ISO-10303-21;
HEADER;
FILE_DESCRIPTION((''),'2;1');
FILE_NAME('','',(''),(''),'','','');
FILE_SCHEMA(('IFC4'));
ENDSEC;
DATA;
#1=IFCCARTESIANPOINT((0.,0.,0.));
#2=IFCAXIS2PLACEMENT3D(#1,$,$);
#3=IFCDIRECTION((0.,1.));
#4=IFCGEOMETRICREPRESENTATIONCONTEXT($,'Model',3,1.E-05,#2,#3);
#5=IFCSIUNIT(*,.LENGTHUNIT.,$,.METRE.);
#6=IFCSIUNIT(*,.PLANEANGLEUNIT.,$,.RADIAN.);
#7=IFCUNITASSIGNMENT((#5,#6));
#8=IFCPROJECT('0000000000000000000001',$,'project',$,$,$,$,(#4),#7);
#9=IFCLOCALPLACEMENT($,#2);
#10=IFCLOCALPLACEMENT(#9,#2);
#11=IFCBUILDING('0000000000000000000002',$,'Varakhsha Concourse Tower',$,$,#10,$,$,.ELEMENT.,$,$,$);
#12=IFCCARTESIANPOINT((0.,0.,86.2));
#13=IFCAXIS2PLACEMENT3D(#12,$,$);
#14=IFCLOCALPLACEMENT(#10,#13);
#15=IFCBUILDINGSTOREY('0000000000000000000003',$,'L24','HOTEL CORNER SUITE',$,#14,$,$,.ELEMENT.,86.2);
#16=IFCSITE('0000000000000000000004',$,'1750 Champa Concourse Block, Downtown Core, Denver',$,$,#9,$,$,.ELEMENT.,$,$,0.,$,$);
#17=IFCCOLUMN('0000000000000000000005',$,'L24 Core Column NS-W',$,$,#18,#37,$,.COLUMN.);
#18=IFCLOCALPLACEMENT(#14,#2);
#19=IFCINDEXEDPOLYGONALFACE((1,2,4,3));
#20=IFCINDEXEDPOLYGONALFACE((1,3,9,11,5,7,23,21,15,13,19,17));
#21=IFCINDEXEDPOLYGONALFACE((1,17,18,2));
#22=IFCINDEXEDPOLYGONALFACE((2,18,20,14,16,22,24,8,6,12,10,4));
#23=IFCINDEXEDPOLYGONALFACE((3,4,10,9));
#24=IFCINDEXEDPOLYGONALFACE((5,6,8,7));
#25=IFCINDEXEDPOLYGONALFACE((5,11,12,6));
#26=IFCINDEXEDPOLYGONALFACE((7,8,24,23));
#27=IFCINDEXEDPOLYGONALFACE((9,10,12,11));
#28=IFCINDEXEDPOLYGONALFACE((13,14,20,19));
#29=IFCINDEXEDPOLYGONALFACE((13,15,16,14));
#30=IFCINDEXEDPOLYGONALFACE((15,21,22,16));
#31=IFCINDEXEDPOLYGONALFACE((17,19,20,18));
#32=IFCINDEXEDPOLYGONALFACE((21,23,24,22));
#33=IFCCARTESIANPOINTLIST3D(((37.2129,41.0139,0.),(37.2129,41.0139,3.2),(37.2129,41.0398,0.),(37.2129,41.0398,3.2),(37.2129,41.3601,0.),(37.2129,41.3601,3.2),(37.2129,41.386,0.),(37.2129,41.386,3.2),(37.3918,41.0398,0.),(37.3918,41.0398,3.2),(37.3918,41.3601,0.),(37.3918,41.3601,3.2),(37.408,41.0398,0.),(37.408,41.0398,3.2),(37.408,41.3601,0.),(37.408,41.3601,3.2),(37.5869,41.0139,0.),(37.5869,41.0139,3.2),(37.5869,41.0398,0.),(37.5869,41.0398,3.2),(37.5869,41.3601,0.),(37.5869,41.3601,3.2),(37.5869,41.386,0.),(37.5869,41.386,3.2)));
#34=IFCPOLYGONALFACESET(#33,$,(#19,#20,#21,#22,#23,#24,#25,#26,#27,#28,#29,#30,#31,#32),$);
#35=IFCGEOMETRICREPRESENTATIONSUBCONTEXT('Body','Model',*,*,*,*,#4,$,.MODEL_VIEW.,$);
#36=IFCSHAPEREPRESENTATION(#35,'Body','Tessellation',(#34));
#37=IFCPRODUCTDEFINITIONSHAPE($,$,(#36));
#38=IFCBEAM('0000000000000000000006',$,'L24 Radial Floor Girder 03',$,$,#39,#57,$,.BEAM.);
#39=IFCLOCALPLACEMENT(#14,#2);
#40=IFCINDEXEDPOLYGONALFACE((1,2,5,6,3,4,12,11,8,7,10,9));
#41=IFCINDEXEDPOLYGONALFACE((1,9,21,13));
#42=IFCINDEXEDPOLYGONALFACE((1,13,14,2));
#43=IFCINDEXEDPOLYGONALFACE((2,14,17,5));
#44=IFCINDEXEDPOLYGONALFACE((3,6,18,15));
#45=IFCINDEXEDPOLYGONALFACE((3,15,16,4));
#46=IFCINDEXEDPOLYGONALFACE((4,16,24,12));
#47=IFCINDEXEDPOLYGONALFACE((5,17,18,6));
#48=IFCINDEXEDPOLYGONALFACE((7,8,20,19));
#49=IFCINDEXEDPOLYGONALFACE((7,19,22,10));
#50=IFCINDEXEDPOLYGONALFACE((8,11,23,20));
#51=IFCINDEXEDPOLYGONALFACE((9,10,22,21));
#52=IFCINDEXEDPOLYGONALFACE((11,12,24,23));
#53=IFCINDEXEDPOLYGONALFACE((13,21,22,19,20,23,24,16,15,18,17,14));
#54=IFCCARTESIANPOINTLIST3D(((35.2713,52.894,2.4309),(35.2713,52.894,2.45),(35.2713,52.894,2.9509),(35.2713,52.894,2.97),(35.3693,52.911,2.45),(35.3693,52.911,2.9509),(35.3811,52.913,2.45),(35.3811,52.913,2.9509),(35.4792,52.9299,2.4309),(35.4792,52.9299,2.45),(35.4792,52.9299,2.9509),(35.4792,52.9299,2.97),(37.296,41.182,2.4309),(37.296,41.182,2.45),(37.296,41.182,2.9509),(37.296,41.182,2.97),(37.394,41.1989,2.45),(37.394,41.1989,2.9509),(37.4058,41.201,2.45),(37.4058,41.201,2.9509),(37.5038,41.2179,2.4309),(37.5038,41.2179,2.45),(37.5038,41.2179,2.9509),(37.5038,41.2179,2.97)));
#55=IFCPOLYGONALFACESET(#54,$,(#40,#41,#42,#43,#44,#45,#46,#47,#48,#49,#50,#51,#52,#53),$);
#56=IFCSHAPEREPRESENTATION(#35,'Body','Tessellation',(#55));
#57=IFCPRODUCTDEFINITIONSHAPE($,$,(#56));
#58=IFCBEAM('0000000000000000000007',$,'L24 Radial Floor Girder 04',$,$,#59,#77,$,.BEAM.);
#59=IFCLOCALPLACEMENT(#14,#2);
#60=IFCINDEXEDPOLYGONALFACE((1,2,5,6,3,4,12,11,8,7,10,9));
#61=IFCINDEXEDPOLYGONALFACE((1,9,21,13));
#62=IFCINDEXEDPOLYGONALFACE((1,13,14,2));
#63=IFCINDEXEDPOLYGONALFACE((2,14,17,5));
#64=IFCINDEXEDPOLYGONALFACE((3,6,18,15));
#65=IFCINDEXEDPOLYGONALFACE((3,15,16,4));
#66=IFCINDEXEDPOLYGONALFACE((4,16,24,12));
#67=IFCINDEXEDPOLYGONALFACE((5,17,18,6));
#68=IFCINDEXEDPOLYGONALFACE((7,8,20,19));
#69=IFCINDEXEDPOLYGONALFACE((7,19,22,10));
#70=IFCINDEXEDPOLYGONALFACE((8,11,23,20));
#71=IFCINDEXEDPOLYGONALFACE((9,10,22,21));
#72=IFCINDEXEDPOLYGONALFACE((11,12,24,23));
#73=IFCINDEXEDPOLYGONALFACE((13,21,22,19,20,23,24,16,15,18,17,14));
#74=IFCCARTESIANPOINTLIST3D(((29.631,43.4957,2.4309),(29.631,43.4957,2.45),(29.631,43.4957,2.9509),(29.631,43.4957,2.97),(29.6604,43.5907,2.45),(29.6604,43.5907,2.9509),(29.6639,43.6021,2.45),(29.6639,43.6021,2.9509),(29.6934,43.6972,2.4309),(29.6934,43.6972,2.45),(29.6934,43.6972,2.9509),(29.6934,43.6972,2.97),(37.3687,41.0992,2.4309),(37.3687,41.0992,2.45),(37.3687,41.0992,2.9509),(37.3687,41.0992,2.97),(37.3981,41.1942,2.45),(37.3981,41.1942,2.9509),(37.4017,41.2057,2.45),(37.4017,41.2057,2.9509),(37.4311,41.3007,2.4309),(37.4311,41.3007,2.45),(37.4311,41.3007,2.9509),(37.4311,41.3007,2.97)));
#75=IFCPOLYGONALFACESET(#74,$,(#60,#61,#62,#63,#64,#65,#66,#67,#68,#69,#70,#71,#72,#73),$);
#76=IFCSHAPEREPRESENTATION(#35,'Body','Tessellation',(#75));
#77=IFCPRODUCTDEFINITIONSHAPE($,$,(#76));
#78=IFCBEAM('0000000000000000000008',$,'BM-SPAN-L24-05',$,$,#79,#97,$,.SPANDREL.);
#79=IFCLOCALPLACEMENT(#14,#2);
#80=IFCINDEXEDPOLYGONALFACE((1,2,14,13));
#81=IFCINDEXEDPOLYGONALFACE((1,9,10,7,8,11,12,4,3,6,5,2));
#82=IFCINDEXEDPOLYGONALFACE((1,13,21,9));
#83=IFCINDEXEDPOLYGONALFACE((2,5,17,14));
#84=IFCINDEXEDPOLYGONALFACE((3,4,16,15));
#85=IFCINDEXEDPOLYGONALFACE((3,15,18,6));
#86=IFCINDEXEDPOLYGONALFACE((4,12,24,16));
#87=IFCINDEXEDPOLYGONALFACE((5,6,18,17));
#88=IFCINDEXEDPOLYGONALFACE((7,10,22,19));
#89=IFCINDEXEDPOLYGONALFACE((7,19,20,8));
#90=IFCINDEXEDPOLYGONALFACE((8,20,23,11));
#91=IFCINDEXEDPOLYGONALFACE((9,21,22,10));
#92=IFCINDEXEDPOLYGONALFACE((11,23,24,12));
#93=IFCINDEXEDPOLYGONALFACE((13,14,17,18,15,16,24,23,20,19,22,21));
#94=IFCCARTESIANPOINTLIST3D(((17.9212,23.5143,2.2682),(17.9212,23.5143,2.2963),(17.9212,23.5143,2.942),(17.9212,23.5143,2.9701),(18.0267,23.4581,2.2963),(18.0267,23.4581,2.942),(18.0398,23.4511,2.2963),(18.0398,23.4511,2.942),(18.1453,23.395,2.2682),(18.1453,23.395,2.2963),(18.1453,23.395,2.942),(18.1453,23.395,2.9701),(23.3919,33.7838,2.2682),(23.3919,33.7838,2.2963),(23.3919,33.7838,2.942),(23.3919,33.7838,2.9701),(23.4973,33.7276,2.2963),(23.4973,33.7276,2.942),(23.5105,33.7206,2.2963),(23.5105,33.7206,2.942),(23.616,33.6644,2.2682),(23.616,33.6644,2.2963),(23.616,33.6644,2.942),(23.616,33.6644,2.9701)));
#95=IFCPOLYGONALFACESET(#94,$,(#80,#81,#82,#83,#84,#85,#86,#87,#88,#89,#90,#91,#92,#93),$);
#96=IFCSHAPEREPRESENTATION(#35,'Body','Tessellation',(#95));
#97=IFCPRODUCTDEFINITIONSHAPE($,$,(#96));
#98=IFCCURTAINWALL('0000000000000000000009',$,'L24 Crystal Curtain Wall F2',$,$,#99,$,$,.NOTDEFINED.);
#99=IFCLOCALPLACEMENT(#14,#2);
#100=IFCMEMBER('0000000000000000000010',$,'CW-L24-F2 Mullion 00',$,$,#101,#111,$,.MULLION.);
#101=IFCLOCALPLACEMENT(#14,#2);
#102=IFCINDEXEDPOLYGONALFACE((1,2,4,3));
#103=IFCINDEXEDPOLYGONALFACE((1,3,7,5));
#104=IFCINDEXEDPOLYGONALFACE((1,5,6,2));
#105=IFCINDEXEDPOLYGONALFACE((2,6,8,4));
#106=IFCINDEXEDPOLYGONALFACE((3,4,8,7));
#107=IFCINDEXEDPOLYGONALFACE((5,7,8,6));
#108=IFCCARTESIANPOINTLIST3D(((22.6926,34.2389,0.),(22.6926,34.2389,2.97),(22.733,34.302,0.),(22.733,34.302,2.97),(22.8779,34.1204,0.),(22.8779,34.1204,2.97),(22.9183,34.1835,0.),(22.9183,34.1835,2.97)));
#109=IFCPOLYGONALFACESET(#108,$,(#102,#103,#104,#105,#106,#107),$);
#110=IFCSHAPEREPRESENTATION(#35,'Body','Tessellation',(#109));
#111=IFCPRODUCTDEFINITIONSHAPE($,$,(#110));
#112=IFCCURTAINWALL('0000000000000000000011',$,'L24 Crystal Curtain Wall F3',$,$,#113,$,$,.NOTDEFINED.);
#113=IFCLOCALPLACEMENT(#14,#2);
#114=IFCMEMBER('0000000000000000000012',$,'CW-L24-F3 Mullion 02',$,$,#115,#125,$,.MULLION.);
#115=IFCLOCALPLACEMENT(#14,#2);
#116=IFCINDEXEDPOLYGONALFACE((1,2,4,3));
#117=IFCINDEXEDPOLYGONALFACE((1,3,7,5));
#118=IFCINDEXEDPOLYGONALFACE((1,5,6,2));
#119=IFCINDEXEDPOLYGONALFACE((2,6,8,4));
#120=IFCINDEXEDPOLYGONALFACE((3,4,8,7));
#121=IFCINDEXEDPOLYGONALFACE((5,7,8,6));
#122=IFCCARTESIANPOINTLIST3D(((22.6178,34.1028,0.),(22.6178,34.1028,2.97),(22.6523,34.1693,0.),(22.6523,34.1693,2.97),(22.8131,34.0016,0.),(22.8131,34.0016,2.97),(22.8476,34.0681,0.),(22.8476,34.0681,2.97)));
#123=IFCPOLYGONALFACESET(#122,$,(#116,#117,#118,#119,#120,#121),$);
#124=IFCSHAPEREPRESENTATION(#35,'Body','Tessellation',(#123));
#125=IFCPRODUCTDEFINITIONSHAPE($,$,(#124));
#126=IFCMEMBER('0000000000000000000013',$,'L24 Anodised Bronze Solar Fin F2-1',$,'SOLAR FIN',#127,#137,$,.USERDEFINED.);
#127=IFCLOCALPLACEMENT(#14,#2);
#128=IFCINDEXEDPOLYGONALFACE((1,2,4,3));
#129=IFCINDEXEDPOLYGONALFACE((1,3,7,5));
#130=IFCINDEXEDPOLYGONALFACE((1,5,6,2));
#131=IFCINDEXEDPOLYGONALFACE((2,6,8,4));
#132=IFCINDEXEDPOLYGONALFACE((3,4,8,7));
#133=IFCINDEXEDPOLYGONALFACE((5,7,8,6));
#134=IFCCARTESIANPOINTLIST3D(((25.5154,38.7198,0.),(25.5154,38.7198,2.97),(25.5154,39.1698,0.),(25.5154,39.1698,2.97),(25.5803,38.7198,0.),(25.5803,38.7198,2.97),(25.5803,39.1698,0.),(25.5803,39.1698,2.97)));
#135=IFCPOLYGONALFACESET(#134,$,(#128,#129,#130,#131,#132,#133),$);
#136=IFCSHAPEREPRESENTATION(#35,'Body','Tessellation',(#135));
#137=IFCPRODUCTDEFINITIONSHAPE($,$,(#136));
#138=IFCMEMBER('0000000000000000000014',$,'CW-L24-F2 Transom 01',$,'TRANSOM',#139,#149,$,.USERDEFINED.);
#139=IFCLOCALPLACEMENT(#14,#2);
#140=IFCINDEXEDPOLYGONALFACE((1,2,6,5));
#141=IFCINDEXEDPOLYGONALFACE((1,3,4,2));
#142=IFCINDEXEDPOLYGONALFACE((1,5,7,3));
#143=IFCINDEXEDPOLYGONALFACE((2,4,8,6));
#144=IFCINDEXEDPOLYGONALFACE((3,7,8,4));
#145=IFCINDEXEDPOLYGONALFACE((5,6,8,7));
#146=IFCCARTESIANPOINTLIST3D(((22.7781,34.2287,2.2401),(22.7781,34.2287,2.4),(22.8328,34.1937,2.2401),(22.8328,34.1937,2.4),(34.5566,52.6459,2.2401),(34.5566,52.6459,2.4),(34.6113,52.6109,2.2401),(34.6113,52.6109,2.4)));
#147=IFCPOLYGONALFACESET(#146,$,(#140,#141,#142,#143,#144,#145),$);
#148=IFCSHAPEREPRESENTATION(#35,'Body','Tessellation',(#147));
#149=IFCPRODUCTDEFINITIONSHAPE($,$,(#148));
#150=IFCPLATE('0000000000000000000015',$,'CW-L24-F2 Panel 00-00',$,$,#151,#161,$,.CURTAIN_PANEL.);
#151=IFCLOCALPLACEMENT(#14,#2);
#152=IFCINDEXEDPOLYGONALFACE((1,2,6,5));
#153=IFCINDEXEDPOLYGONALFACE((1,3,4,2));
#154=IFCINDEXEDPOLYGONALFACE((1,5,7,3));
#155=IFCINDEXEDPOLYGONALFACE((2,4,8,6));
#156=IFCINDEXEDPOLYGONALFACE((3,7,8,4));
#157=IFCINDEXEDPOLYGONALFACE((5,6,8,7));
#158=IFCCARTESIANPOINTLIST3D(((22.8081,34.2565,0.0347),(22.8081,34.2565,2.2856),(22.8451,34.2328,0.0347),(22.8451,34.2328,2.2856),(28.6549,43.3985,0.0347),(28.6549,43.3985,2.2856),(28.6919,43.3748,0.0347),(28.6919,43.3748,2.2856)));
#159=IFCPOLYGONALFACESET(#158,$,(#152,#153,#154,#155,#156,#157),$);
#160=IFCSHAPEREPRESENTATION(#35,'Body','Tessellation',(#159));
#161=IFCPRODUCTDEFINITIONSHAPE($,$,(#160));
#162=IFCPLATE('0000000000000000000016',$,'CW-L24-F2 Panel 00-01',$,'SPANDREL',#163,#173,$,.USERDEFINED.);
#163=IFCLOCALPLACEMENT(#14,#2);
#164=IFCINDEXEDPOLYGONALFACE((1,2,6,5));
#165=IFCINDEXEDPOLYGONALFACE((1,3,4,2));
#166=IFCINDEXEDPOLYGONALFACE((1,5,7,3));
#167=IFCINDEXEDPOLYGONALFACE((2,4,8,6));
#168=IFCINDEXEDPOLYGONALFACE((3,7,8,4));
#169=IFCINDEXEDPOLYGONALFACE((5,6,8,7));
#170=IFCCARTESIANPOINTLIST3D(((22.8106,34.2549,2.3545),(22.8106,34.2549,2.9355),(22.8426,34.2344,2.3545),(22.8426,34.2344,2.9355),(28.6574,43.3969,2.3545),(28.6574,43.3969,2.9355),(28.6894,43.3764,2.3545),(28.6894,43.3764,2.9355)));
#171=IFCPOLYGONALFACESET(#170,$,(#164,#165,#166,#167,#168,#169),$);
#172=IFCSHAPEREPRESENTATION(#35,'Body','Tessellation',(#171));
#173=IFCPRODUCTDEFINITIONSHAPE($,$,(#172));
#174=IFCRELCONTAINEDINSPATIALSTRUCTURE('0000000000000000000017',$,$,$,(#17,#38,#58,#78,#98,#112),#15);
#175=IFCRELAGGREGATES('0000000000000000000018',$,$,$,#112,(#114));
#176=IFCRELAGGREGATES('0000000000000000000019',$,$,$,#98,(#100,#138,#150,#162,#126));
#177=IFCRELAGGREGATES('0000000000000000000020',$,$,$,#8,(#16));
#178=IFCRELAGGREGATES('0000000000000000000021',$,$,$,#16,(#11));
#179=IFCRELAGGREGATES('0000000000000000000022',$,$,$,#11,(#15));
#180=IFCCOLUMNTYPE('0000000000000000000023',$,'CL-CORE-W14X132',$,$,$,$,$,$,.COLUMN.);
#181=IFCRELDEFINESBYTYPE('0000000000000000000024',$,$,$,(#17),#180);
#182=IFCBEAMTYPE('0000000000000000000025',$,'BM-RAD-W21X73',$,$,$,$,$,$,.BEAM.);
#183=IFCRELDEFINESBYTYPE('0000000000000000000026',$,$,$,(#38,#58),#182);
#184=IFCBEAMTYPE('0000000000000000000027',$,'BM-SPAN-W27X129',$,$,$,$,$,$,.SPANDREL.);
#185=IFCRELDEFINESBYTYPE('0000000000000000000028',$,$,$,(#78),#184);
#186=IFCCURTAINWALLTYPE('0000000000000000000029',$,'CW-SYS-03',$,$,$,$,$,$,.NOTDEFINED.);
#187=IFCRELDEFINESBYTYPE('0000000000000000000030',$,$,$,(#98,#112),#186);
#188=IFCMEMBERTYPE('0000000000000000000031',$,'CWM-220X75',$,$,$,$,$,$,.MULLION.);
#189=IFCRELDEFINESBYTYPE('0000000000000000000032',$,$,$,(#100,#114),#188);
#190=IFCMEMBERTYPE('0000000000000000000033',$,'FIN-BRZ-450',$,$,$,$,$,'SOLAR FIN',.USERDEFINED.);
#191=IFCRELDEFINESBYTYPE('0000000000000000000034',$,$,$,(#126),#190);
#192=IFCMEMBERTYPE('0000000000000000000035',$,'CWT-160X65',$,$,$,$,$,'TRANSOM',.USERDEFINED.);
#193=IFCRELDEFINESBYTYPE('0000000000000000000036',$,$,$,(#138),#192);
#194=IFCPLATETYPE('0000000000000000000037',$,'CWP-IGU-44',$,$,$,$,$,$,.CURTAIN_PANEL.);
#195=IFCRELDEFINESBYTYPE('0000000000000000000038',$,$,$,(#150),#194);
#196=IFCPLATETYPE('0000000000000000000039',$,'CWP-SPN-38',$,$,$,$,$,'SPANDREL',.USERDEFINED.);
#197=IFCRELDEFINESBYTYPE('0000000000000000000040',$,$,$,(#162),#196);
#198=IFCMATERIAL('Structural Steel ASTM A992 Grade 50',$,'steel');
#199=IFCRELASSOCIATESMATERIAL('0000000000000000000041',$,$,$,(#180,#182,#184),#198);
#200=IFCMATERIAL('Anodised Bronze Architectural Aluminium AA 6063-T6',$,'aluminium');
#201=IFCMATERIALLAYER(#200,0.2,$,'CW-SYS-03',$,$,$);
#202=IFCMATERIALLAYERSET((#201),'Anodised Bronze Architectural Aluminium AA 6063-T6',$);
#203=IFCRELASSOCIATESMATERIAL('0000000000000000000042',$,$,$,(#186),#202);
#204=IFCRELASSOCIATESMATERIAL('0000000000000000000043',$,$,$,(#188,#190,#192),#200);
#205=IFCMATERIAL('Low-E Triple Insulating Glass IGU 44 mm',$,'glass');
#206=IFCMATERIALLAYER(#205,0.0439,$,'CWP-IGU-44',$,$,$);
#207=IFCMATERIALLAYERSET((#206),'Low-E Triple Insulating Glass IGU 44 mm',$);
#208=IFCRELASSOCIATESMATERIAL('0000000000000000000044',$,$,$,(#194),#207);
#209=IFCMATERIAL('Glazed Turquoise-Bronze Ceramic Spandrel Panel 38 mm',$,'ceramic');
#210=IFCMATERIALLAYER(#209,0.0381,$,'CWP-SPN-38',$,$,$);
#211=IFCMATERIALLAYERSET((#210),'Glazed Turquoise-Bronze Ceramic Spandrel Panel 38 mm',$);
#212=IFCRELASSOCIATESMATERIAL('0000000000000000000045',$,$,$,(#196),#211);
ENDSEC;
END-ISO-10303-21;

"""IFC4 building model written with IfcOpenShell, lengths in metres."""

from ifc_helpers import new_model, si_unit, direction, frame, origin, origin_2d, place, context, subcontext, project, spatial, rectangle, i_section, extrude, source, transform, mapped, material, layer, layer_set, material_profile, profile_set, type_object, type_shapes, element, aggregate, save


model = new_model("IFC4")

# Units and contexts
model_context = context("Model", 3, precision=1e-05, world=origin(), true_north=direction((0.0, 1.0)))
body_context = subcontext(model_context, "Body", "Model", "MODEL_VIEW")
ifc_project = project(units=[si_unit("LENGTHUNIT", "METRE"), si_unit("PLANEANGLEUNIT", "RADIAN")], contexts=[model_context])

# Site, building, storey
site_placement = place(None, origin())
site = spatial("IfcSite", under=ifc_project, at=site_placement, Name="1750 Champa Concourse Block, Downtown Core, Denver", CompositionType="ELEMENT", RefElevation=0.0)
building_placement = place(site_placement, origin())
building = spatial("IfcBuilding", under=site, at=building_placement, Name="Varakhsha Concourse Tower", CompositionType="ELEMENT")
storey_placement = place(building_placement, frame((0.0, 0.0, 86.2)))
storey = spatial("IfcBuildingStorey", under=building, at=storey_placement, Name="L24", Description="HOTEL CORNER SUITE", CompositionType="ELEMENT", Elevation=86.2)

# Column
ifc_material_1 = material(Name="Structural Steel ASTM A992 Grade 50", Category="steel")
ifc_material_profile_1 = material_profile(ifc_material_1, i_section(OverallWidth=0.374, OverallDepth=0.3721, WebThickness=0.0161, FlangeThickness=0.0259, at=origin_2d()), Name="W14X132")
ifc_profile_set_1 = profile_set([ifc_material_profile_1], Name="Structural Steel ASTM A992 Grade 50")
column_type = type_object("IfcColumnType", Name="CL-CORE-W14X132", PredefinedType="COLUMN", material=ifc_profile_set_1)
column_placement = place(storey_placement, frame((37.3999, 41.2, 0.0), z_axis=(0.0, 0.0, 1.0), x_axis=(1.0, 0.0, 0.0)))
element("IfcColumn", 1, at=column_placement, inside=storey, type_object=column_type, Name="L24 Core Column NS-W", PredefinedType="COLUMN", context=body_context, shape_type="SweptSolid", body=[
    extrude(i_section(OverallWidth=0.374, OverallDepth=0.3721, WebThickness=0.0161, FlangeThickness=0.0259, at=origin_2d()), origin(), (0.0, 0.0, 1.0), 3.2),
])

# Beams
ifc_material_profile_2 = material_profile(ifc_material_1, i_section(OverallWidth=0.2109, OverallDepth=0.5391, WebThickness=0.012, FlangeThickness=0.019, at=origin_2d()), Name="W21X73")
ifc_profile_set_2 = profile_set([ifc_material_profile_2], Name="Structural Steel ASTM A992 Grade 50")
beam_type_1 = type_object("IfcBeamType", Name="BM-RAD-W21X73", PredefinedType="BEAM", material=ifc_profile_set_2)
beam_1_placement = place(storey_placement, frame((37.3999, 41.2, 2.7004), z_axis=(-0.170345, 0.985384, 0.0), x_axis=(-0.985384, -0.170345, 0.0)))
element("IfcBeam", 2, at=beam_1_placement, inside=storey, type_object=beam_type_1, Name="L24 Radial Floor Girder 03", PredefinedType="BEAM", context=body_context, shape_type="SweptSolid", body=[
    extrude(i_section(OverallWidth=0.2109, OverallDepth=0.5391, WebThickness=0.012, FlangeThickness=0.019, at=origin_2d()), origin(), (0.0, 0.0, 1.0), 11.8857),
])
beam_2_placement = place(storey_placement, frame((37.3999, 41.2, 2.7004), z_axis=(-0.955235, 0.295847, 0.0), x_axis=(-0.295847, -0.955235, 0.0)))
element("IfcBeam", 3, at=beam_2_placement, inside=storey, type_object=beam_type_1, Name="L24 Radial Floor Girder 04", PredefinedType="BEAM", context=body_context, shape_type="SweptSolid", body=[
    extrude(i_section(OverallWidth=0.2109, OverallDepth=0.5391, WebThickness=0.012, FlangeThickness=0.019, at=origin_2d()), origin(), (0.0, 0.0, 1.0), 8.1003),
])
ifc_material_profile_3 = material_profile(ifc_material_1, i_section(OverallWidth=0.2539, OverallDepth=0.7019, WebThickness=0.0149, FlangeThickness=0.0281, at=origin_2d()), Name="W27X129")
ifc_profile_set_3 = profile_set([ifc_material_profile_3], Name="Structural Steel ASTM A992 Grade 50")
beam_type_2 = type_object("IfcBeamType", Name="BM-SPAN-W27X129", PredefinedType="SPANDREL", material=ifc_profile_set_3)
beam_3_placement = place(storey_placement, frame((23.5039, 33.7241, 2.6191), z_axis=(-0.470161, -0.882581, 0.0), x_axis=(0.882581, -0.470161, 0.0)))
element("IfcBeam", 4, at=beam_3_placement, inside=storey, type_object=beam_type_2, Name="BM-SPAN-L24-05", PredefinedType="SPANDREL", context=body_context, shape_type="SweptSolid", body=[
    extrude(i_section(OverallWidth=0.2539, OverallDepth=0.7019, WebThickness=0.0149, FlangeThickness=0.0281, at=origin_2d()), origin(), (0.0, 0.0, 1.0), 11.6357),
])

# Curtain walls, members
ifc_material_2 = material(Name="Anodised Bronze Architectural Aluminium AA 6063-T6", Category="aluminium")
ifc_layer_1 = layer(ifc_material_2, 0.2, Name="CW-SYS-03")
ifc_layer_set_1 = layer_set([ifc_layer_1], Name="Anodised Bronze Architectural Aluminium AA 6063-T6")
curtain_wall_type = type_object("IfcCurtainWallType", Name="CW-SYS-03", PredefinedType="NOTDEFINED", material=ifc_layer_set_1)
curtain_wall_1_placement = place(storey_placement, origin())
curtain_wall_1 = element("IfcCurtainWall", 5, at=curtain_wall_1_placement, inside=storey, type_object=curtain_wall_type, Name="L24 Crystal Curtain Wall F2", PredefinedType="NOTDEFINED")
ifc_material_profile_4 = material_profile(ifc_material_2, rectangle(XDim=0.075, YDim=0.22, at=origin_2d()), Name="CWM-220X75")
ifc_profile_set_4 = profile_set([ifc_material_profile_4], Name="Anodised Bronze Architectural Aluminium AA 6063-T6")
member_type_1 = type_object("IfcMemberType", Name="CWM-220X75", PredefinedType="MULLION", material=ifc_profile_set_4)
shared_shape_1 = source(origin(), body_context, "Body", "SweptSolid", [
    extrude(rectangle(XDim=0.075, YDim=0.22, at=origin_2d()), origin(), (0.0, 0.0, 1.0), 2.97),
])
type_shapes(member_type_1, [shared_shape_1])
member_1_placement = place(storey_placement, frame((22.8054, 34.2112, 0.0), z_axis=(0.0, 0.0, 1.0), x_axis=(0.538787, 0.842442, 0.0)))
member_1 = element("IfcMember", 6, at=member_1_placement, type_object=member_type_1, Name="CW-L24-F2 Mullion 00", PredefinedType="MULLION", context=body_context, shape_type="MappedRepresentation", body=[
    mapped(shared_shape_1, transform((0.0, 0.0, 0.0), scale=1.0)),
])
curtain_wall_2_placement = place(storey_placement, origin())
curtain_wall_2 = element("IfcCurtainWall", 7, at=curtain_wall_2_placement, inside=storey, type_object=curtain_wall_type, Name="L24 Crystal Curtain Wall F3", PredefinedType="NOTDEFINED")
member_2_placement = place(storey_placement, frame((22.7327, 34.0854, 0.0), z_axis=(0.0, 0.0, 1.0), x_axis=(0.460186, 0.887823, 0.0)))
member_2 = element("IfcMember", 8, at=member_2_placement, type_object=member_type_1, Name="CW-L24-F3 Mullion 02", PredefinedType="MULLION", context=body_context, shape_type="MappedRepresentation", body=[
    mapped(shared_shape_1, transform((0.0, 0.0, 0.0), scale=1.0)),
])
aggregate(curtain_wall_2, [member_2])

# Members
ifc_material_profile_5 = material_profile(ifc_material_2, rectangle(XDim=0.0649, YDim=0.45, at=origin_2d()), Name="FIN-BRZ-450")
ifc_profile_set_5 = profile_set([ifc_material_profile_5], Name="Anodised Bronze Architectural Aluminium AA 6063-T6")
member_type_2 = type_object("IfcMemberType", Name="FIN-BRZ-450", ElementType="SOLAR FIN", PredefinedType="USERDEFINED", material=ifc_profile_set_5)
shared_shape_2 = source(origin(), body_context, "Body", "SweptSolid", [
    extrude(rectangle(XDim=0.0649, YDim=0.45, at=origin_2d()), origin(), (0.0, 0.0, 1.0), 2.97),
])
type_shapes(member_type_2, [shared_shape_2])
member_3_placement = place(storey_placement, frame((25.5479, 38.9448, 0.0), z_axis=(0.0, 0.0, 1.0), x_axis=(1.0, 0.0, 0.0)))
member_3 = element("IfcMember", 9, at=member_3_placement, type_object=member_type_2, Name="L24 Anodised Bronze Solar Fin F2-1", ObjectType="SOLAR FIN", PredefinedType="USERDEFINED", context=body_context, shape_type="MappedRepresentation", body=[
    mapped(shared_shape_2, transform((0.0, 0.0, 0.0), scale=1.0)),
])
ifc_material_profile_6 = material_profile(ifc_material_2, rectangle(XDim=0.0649, YDim=0.1599, at=origin_2d()), Name="CWT-160X65")
ifc_profile_set_6 = profile_set([ifc_material_profile_6], Name="Anodised Bronze Architectural Aluminium AA 6063-T6")
member_type_3 = type_object("IfcMemberType", Name="CWT-160X65", ElementType="TRANSOM", PredefinedType="USERDEFINED", material=ifc_profile_set_6)
shared_shape_3 = source(origin(), body_context, "Body", "SweptSolid", [
    extrude(rectangle(XDim=0.0649, YDim=0.1599, at=origin_2d()), origin(), (0.0, 0.0, 1.0), 21.8616),
])
type_shapes(member_type_3, [shared_shape_3])
member_4_placement = place(storey_placement, frame((22.8054, 34.2112, 2.3201), z_axis=(0.538779, 0.842447, 0.0), x_axis=(-0.842447, 0.538779, 0.0)))
member_4 = element("IfcMember", 10, at=member_4_placement, type_object=member_type_3, Name="CW-L24-F2 Transom 01", ObjectType="TRANSOM", PredefinedType="USERDEFINED", context=body_context, shape_type="MappedRepresentation", body=[
    mapped(shared_shape_3, transform((0.0, 0.0, 0.0), scale=1.0)),
])

# Plates
ifc_material_3 = material(Name="Low-E Triple Insulating Glass IGU 44 mm", Category="glass")
ifc_layer_2 = layer(ifc_material_3, 0.0439, Name="CWP-IGU-44")
ifc_layer_set_2 = layer_set([ifc_layer_2], Name="Low-E Triple Insulating Glass IGU 44 mm")
plate_type_1 = type_object("IfcPlateType", Name="CWP-IGU-44", PredefinedType="CURTAIN_PANEL", material=ifc_layer_set_2)
shared_shape_4 = source(origin(), body_context, "Body", "SweptSolid", [
    extrude(rectangle(XDim=10.8518, YDim=0.0439, at=origin_2d()), origin(), (0.0, 0.0, 1.0), 2.251),
])
type_shapes(plate_type_1, [shared_shape_4])
plate_1_placement = place(storey_placement, frame((25.75, 38.8157, 0.0347), z_axis=(0.0, 0.0, 1.0), x_axis=(0.538787, 0.842442, 0.0)))
plate_1 = element("IfcPlate", 11, at=plate_1_placement, type_object=plate_type_1, Name="CW-L24-F2 Panel 00-00", PredefinedType="CURTAIN_PANEL", context=body_context, shape_type="MappedRepresentation", body=[
    mapped(shared_shape_4, transform((0.0, 0.0, 0.0), scale=1.0)),
])
ifc_material_4 = material(Name="Glazed Turquoise-Bronze Ceramic Spandrel Panel 38 mm", Category="ceramic")
ifc_layer_3 = layer(ifc_material_4, 0.0381, Name="CWP-SPN-38")
ifc_layer_set_3 = layer_set([ifc_layer_3], Name="Glazed Turquoise-Bronze Ceramic Spandrel Panel 38 mm")
plate_type_2 = type_object("IfcPlateType", Name="CWP-SPN-38", ElementType="SPANDREL", PredefinedType="USERDEFINED", material=ifc_layer_set_3)
shared_shape_5 = source(origin(), body_context, "Body", "SweptSolid", [
    extrude(rectangle(XDim=10.8518, YDim=0.0381, at=origin_2d()), origin(), (0.0, 0.0, 1.0), 0.5811),
])
type_shapes(plate_type_2, [shared_shape_5])
plate_2_placement = place(storey_placement, frame((25.75, 38.8157, 2.3545), z_axis=(0.0, 0.0, 1.0), x_axis=(0.538787, 0.842442, 0.0)))
plate_2 = element("IfcPlate", 12, at=plate_2_placement, type_object=plate_type_2, Name="CW-L24-F2 Panel 00-01", ObjectType="SPANDREL", PredefinedType="USERDEFINED", context=body_context, shape_type="MappedRepresentation", body=[
    mapped(shared_shape_5, transform((0.0, 0.0, 0.0), scale=1.0)),
])
aggregate(curtain_wall_1, [member_1, member_4, plate_1, plate_2, member_3])

save(model, "model.ifc")
